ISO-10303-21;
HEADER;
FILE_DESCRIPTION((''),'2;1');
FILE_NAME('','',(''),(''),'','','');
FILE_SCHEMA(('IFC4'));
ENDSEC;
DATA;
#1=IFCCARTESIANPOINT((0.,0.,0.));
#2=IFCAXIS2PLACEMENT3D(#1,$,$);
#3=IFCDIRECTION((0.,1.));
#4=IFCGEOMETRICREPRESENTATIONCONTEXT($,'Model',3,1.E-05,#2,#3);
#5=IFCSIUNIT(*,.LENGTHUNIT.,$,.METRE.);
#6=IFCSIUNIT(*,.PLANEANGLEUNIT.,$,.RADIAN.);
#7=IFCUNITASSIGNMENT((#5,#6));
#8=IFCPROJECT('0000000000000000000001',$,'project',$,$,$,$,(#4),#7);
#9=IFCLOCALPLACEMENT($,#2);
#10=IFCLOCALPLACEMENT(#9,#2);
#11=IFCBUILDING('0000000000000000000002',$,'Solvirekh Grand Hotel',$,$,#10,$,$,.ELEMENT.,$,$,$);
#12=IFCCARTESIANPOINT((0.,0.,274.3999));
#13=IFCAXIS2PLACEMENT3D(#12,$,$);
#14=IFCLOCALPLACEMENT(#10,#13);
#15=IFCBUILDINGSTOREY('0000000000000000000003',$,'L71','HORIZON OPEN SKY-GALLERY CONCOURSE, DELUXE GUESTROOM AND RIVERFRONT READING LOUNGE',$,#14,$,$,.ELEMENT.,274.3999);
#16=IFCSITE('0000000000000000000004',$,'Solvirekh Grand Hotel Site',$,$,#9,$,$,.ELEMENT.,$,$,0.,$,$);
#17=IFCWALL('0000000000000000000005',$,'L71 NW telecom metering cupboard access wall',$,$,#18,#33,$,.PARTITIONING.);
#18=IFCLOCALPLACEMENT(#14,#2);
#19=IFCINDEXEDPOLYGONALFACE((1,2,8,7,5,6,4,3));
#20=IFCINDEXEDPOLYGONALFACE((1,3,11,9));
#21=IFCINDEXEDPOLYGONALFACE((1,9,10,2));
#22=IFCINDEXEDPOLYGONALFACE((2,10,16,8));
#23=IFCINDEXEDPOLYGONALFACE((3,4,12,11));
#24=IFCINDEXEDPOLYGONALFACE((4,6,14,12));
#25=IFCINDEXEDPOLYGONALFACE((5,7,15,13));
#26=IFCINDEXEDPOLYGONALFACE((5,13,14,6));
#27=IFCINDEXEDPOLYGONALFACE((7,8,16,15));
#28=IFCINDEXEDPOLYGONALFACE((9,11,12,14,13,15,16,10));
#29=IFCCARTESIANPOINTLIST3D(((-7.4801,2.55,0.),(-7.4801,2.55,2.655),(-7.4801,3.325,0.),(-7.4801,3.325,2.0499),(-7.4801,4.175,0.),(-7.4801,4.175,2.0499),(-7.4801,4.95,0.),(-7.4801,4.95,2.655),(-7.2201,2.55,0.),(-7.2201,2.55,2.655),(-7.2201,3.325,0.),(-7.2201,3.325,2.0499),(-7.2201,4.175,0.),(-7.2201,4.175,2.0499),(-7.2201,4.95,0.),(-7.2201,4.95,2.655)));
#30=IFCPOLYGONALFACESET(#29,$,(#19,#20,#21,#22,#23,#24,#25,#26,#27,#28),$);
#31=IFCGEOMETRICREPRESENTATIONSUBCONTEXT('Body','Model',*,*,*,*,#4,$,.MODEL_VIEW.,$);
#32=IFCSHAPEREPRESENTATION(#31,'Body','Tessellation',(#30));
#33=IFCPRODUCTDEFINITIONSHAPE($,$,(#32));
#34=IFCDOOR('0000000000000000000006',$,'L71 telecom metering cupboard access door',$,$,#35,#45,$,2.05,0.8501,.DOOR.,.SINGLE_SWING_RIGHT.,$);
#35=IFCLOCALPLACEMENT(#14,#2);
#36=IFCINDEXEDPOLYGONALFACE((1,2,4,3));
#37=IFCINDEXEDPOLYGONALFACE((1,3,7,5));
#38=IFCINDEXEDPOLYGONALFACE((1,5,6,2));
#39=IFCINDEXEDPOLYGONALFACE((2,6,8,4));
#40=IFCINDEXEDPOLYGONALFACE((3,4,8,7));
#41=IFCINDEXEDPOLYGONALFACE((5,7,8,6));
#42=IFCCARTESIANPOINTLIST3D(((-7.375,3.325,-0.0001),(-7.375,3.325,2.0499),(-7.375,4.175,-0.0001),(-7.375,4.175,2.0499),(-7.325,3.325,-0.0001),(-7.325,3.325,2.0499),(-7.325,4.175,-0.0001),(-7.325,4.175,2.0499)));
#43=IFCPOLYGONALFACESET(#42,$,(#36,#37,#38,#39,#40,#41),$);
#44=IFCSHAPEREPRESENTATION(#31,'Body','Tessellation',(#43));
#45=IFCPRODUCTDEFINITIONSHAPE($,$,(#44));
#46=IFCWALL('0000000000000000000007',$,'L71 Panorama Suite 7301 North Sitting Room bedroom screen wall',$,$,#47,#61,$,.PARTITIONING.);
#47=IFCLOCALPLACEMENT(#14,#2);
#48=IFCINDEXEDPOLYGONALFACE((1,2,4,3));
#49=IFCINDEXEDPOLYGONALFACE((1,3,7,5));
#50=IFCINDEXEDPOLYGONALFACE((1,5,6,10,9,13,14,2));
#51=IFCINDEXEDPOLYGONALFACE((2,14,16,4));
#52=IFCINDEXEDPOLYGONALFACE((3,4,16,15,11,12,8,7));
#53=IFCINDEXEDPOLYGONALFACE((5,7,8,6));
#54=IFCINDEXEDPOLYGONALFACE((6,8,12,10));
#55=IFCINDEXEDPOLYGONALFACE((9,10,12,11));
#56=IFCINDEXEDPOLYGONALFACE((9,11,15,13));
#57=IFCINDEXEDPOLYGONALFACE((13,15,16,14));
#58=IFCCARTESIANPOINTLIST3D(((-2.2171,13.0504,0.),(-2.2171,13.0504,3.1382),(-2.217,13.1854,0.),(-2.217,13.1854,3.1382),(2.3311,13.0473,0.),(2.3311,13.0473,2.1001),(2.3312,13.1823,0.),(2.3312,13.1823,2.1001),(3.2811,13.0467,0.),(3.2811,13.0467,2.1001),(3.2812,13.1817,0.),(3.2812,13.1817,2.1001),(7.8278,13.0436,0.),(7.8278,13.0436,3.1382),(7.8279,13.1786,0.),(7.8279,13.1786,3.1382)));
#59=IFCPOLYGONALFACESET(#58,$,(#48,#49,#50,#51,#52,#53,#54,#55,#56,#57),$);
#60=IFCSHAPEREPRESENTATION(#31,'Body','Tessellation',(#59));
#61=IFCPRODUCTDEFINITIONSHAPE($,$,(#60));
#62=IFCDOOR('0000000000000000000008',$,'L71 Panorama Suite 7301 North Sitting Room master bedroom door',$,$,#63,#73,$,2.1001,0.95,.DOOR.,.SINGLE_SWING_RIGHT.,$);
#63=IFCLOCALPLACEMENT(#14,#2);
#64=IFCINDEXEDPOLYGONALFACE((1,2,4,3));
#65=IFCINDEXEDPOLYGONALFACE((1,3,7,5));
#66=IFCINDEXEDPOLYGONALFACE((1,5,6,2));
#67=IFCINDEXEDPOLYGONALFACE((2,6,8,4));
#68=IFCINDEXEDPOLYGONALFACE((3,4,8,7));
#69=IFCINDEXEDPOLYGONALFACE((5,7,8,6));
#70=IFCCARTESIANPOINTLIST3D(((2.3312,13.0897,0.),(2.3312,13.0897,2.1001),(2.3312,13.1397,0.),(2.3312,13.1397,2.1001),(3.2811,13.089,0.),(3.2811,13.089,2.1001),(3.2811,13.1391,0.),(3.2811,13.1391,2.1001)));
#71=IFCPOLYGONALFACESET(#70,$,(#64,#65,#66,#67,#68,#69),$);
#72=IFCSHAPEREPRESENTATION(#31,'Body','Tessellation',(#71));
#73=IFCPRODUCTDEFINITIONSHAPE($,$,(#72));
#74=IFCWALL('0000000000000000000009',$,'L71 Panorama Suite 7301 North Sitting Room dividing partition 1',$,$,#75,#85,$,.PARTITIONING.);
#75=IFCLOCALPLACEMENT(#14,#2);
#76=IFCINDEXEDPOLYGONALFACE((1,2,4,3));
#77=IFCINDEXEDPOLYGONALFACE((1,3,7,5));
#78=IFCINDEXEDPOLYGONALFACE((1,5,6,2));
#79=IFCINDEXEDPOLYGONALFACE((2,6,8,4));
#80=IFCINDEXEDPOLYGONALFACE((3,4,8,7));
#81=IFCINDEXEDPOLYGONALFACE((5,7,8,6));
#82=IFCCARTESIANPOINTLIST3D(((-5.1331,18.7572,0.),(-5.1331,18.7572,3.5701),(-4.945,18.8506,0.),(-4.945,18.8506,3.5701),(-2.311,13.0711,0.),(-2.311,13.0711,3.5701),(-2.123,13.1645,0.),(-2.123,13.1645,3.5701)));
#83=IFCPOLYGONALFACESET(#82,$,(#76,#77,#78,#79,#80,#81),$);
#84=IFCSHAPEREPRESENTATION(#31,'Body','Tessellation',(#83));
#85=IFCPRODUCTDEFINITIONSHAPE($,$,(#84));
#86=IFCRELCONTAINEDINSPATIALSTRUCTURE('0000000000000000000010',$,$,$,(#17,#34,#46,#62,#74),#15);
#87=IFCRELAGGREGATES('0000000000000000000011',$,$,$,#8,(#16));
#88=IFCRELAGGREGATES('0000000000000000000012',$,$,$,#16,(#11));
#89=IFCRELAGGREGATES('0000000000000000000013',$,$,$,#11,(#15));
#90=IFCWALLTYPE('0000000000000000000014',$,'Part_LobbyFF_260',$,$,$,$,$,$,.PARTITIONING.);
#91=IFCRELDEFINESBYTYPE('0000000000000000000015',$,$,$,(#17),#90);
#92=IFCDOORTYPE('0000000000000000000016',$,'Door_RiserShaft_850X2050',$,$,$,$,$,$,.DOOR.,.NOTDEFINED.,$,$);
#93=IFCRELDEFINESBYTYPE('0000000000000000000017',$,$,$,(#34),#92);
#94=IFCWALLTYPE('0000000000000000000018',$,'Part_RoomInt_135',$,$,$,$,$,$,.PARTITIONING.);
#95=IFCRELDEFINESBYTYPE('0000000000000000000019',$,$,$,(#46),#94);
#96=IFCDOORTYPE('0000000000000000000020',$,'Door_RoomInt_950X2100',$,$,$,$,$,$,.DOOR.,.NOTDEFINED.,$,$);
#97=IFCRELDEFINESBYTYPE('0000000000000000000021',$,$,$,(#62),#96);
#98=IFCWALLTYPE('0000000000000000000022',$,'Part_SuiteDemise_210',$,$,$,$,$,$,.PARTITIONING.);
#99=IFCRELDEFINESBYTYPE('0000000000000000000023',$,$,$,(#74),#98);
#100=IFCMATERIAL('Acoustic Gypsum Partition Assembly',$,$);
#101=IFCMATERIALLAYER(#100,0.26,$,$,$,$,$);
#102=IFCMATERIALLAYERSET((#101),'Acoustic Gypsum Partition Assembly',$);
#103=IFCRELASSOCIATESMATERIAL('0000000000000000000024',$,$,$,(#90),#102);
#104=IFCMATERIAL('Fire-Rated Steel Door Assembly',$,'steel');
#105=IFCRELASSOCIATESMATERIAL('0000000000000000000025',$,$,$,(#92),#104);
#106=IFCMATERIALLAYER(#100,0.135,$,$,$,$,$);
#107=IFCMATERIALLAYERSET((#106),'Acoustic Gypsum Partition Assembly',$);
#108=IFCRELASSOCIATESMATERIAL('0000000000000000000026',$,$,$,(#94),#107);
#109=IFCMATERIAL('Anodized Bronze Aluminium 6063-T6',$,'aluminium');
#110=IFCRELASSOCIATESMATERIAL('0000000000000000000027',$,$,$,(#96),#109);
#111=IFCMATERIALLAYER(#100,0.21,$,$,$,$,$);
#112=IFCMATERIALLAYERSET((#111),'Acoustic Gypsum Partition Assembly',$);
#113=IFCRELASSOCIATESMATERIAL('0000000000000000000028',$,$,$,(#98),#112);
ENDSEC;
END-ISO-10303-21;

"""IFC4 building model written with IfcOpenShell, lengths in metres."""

from ifc_helpers import new_model, si_unit, direction, frame, frame_2d, origin, place, context, subcontext, project, spatial, rectangle, extrude, material, layer, layer_set, type_object, element, fill, save


model = new_model("IFC4")

# Units and contexts
model_context = context("Model", 3, precision=1e-05, world=origin(), true_north=direction((0.0, 1.0)))
body_context = subcontext(model_context, "Body", "Model", "MODEL_VIEW")
ifc_project = project(units=[si_unit("LENGTHUNIT", "METRE"), si_unit("PLANEANGLEUNIT", "RADIAN")], contexts=[model_context])

# Site, building, storey
site_placement = place(None, origin())
site = spatial("IfcSite", under=ifc_project, at=site_placement, Name="Solvirekh Grand Hotel Site", CompositionType="ELEMENT", RefElevation=0.0)
building_placement = place(site_placement, origin())
building = spatial("IfcBuilding", under=site, at=building_placement, Name="Solvirekh Grand Hotel", CompositionType="ELEMENT")
storey_placement = place(building_placement, frame((0.0, 0.0, 274.3999)))
storey = spatial("IfcBuildingStorey", under=building, at=storey_placement, Name="L71", Description="HORIZON OPEN SKY-GALLERY CONCOURSE, DELUXE GUESTROOM AND RIVERFRONT READING LOUNGE", CompositionType="ELEMENT", Elevation=274.3999)

# Shared definitions
ifc_material_1 = material(Name="Anodized Bronze Aluminium 6063-T6", Category="aluminium")

# Shared definitions
ifc_material_2 = material(Name="Fire-Rated Steel Door Assembly", Category="steel")

# Shared definitions
ifc_material_3 = material(Name="Acoustic Gypsum Partition Assembly")
ifc_layer_1 = layer(ifc_material_3, 0.26)
ifc_layer_set_1 = layer_set([ifc_layer_1], Name="Acoustic Gypsum Partition Assembly")
wall_type_1 = type_object("IfcWallType", Name="Part_LobbyFF_260", PredefinedType="PARTITIONING", material=ifc_layer_set_1)

# Walls, openings, doors
wall_1_placement = place(storey_placement, frame((-7.3501, 2.55, 0.0), z_axis=(0.0, 0.0, 1.0), x_axis=(0.0, 1.0, 0.0)))
wall_1 = element("IfcWall", 1, at=wall_1_placement, inside=storey, type_object=wall_type_1, Name="L71 NW telecom metering cupboard access wall", PredefinedType="PARTITIONING", context=body_context, shape_type="SweptSolid", body=[
    extrude(rectangle(XDim=2.3999, YDim=0.26, at=frame_2d((1.2, 0.0))), origin(), (0.0, 0.0, 1.0), 2.655),
])
opening_1_placement = place(wall_1_placement, frame((0.7749, 0.0, 0.0)))
opening_1 = element("IfcOpeningElement", 2, at=opening_1_placement, cuts=wall_1, PredefinedType="OPENING", context=body_context, shape_type="SweptSolid", body=[
    extrude(rectangle(XDim=0.8501, YDim=2.05, at=frame_2d((0.425, 1.0249))), frame((0.0, 0.1401, 0.0), z_axis=(0.0, -1.0, 0.0), x_axis=(1.0, 0.0, 0.0)), (0.0, 0.0, 1.0), 0.28),
])
door_type_1 = type_object("IfcDoorType", Name="Door_RiserShaft_850X2050", OperationType="NOTDEFINED", PredefinedType="DOOR", material=ifc_material_2)
door_1_placement = place(opening_1_placement, origin())
door_1 = element("IfcDoor", 3, at=door_1_placement, inside=storey, type_object=door_type_1, Name="L71 telecom metering cupboard access door", OperationType="SINGLE_SWING_RIGHT", OverallHeight=2.05, OverallWidth=0.8501, PredefinedType="DOOR", context=body_context, shape_type="SweptSolid", body=[
    extrude(rectangle(XDim=0.8501, YDim=2.05, at=frame_2d((0.425, 1.0249))), frame((0.0, 0.0249, 0.0), z_axis=(0.0, -1.0, 0.0), x_axis=(1.0, 0.0, 0.0)), (0.0, 0.0, 1.0), 0.05),
])
fill(opening_1, door_1)
ifc_layer_2 = layer(ifc_material_3, 0.135)
ifc_layer_set_2 = layer_set([ifc_layer_2], Name="Acoustic Gypsum Partition Assembly")
wall_type_2 = type_object("IfcWallType", Name="Part_RoomInt_135", PredefinedType="PARTITIONING", material=ifc_layer_set_2)
wall_2_placement = place(storey_placement, frame((-2.217, 13.1179, 0.0), z_axis=(0.0, 0.0, 1.0), x_axis=(1.0, -0.000681, 0.0)))
wall_2 = element("IfcWall", 4, at=wall_2_placement, inside=storey, type_object=wall_type_2, Name="L71 Panorama Suite 7301 North Sitting Room bedroom screen wall", PredefinedType="PARTITIONING", context=body_context, shape_type="SweptSolid", body=[
    extrude(rectangle(XDim=10.0449, YDim=0.135, at=frame_2d((5.0225, 0.0))), origin(), (0.0, 0.0, 1.0), 3.1382),
])
opening_2_placement = place(wall_2_placement, frame((4.5481, 0.0, 0.0)))
opening_2 = element("IfcOpeningElement", 5, at=opening_2_placement, cuts=wall_2, PredefinedType="OPENING", context=body_context, shape_type="SweptSolid", body=[
    extrude(rectangle(XDim=0.95, YDim=2.1001, at=frame_2d((0.4751, 1.05))), frame((0.0, 0.0776, 0.0), z_axis=(0.0, -1.0, 0.0), x_axis=(1.0, 0.0, 0.0)), (0.0, 0.0, 1.0), 0.155),
])
door_type_2 = type_object("IfcDoorType", Name="Door_RoomInt_950X2100", OperationType="NOTDEFINED", PredefinedType="DOOR", material=ifc_material_1)
door_2_placement = place(opening_2_placement, origin())
door_2 = element("IfcDoor", 6, at=door_2_placement, inside=storey, type_object=door_type_2, Name="L71 Panorama Suite 7301 North Sitting Room master bedroom door", OperationType="SINGLE_SWING_RIGHT", OverallHeight=2.1001, OverallWidth=0.95, PredefinedType="DOOR", context=body_context, shape_type="SweptSolid", body=[
    extrude(rectangle(XDim=0.95, YDim=2.1001, at=frame_2d((0.4751, 1.05))), frame((0.0, 0.0249, 0.0), z_axis=(0.0, -1.0, 0.0), x_axis=(1.0, 0.0, 0.0)), (0.0, 0.0, 1.0), 0.05),
])
fill(opening_2, door_2)

# Wall
ifc_layer_3 = layer(ifc_material_3, 0.21)
ifc_layer_set_3 = layer_set([ifc_layer_3], Name="Acoustic Gypsum Partition Assembly")
wall_type_3 = type_object("IfcWallType", Name="Part_SuiteDemise_210", PredefinedType="PARTITIONING", material=ifc_layer_set_3)
wall_3_placement = place(storey_placement, frame((-2.217, 13.1179, 0.0), z_axis=(0.0, 0.0, 1.0), x_axis=(-0.444566, 0.895746, 0.0)))
element("IfcWall", 7, at=wall_3_placement, inside=storey, type_object=wall_type_3, Name="L71 Panorama Suite 7301 North Sitting Room dividing partition 1", PredefinedType="PARTITIONING", context=body_context, shape_type="SweptSolid", body=[
    extrude(rectangle(XDim=6.3479, YDim=0.21, at=frame_2d((3.1738, 0.0))), origin(), (0.0, 0.0, 1.0), 3.5701),
])

save(model, "model.ifc")
